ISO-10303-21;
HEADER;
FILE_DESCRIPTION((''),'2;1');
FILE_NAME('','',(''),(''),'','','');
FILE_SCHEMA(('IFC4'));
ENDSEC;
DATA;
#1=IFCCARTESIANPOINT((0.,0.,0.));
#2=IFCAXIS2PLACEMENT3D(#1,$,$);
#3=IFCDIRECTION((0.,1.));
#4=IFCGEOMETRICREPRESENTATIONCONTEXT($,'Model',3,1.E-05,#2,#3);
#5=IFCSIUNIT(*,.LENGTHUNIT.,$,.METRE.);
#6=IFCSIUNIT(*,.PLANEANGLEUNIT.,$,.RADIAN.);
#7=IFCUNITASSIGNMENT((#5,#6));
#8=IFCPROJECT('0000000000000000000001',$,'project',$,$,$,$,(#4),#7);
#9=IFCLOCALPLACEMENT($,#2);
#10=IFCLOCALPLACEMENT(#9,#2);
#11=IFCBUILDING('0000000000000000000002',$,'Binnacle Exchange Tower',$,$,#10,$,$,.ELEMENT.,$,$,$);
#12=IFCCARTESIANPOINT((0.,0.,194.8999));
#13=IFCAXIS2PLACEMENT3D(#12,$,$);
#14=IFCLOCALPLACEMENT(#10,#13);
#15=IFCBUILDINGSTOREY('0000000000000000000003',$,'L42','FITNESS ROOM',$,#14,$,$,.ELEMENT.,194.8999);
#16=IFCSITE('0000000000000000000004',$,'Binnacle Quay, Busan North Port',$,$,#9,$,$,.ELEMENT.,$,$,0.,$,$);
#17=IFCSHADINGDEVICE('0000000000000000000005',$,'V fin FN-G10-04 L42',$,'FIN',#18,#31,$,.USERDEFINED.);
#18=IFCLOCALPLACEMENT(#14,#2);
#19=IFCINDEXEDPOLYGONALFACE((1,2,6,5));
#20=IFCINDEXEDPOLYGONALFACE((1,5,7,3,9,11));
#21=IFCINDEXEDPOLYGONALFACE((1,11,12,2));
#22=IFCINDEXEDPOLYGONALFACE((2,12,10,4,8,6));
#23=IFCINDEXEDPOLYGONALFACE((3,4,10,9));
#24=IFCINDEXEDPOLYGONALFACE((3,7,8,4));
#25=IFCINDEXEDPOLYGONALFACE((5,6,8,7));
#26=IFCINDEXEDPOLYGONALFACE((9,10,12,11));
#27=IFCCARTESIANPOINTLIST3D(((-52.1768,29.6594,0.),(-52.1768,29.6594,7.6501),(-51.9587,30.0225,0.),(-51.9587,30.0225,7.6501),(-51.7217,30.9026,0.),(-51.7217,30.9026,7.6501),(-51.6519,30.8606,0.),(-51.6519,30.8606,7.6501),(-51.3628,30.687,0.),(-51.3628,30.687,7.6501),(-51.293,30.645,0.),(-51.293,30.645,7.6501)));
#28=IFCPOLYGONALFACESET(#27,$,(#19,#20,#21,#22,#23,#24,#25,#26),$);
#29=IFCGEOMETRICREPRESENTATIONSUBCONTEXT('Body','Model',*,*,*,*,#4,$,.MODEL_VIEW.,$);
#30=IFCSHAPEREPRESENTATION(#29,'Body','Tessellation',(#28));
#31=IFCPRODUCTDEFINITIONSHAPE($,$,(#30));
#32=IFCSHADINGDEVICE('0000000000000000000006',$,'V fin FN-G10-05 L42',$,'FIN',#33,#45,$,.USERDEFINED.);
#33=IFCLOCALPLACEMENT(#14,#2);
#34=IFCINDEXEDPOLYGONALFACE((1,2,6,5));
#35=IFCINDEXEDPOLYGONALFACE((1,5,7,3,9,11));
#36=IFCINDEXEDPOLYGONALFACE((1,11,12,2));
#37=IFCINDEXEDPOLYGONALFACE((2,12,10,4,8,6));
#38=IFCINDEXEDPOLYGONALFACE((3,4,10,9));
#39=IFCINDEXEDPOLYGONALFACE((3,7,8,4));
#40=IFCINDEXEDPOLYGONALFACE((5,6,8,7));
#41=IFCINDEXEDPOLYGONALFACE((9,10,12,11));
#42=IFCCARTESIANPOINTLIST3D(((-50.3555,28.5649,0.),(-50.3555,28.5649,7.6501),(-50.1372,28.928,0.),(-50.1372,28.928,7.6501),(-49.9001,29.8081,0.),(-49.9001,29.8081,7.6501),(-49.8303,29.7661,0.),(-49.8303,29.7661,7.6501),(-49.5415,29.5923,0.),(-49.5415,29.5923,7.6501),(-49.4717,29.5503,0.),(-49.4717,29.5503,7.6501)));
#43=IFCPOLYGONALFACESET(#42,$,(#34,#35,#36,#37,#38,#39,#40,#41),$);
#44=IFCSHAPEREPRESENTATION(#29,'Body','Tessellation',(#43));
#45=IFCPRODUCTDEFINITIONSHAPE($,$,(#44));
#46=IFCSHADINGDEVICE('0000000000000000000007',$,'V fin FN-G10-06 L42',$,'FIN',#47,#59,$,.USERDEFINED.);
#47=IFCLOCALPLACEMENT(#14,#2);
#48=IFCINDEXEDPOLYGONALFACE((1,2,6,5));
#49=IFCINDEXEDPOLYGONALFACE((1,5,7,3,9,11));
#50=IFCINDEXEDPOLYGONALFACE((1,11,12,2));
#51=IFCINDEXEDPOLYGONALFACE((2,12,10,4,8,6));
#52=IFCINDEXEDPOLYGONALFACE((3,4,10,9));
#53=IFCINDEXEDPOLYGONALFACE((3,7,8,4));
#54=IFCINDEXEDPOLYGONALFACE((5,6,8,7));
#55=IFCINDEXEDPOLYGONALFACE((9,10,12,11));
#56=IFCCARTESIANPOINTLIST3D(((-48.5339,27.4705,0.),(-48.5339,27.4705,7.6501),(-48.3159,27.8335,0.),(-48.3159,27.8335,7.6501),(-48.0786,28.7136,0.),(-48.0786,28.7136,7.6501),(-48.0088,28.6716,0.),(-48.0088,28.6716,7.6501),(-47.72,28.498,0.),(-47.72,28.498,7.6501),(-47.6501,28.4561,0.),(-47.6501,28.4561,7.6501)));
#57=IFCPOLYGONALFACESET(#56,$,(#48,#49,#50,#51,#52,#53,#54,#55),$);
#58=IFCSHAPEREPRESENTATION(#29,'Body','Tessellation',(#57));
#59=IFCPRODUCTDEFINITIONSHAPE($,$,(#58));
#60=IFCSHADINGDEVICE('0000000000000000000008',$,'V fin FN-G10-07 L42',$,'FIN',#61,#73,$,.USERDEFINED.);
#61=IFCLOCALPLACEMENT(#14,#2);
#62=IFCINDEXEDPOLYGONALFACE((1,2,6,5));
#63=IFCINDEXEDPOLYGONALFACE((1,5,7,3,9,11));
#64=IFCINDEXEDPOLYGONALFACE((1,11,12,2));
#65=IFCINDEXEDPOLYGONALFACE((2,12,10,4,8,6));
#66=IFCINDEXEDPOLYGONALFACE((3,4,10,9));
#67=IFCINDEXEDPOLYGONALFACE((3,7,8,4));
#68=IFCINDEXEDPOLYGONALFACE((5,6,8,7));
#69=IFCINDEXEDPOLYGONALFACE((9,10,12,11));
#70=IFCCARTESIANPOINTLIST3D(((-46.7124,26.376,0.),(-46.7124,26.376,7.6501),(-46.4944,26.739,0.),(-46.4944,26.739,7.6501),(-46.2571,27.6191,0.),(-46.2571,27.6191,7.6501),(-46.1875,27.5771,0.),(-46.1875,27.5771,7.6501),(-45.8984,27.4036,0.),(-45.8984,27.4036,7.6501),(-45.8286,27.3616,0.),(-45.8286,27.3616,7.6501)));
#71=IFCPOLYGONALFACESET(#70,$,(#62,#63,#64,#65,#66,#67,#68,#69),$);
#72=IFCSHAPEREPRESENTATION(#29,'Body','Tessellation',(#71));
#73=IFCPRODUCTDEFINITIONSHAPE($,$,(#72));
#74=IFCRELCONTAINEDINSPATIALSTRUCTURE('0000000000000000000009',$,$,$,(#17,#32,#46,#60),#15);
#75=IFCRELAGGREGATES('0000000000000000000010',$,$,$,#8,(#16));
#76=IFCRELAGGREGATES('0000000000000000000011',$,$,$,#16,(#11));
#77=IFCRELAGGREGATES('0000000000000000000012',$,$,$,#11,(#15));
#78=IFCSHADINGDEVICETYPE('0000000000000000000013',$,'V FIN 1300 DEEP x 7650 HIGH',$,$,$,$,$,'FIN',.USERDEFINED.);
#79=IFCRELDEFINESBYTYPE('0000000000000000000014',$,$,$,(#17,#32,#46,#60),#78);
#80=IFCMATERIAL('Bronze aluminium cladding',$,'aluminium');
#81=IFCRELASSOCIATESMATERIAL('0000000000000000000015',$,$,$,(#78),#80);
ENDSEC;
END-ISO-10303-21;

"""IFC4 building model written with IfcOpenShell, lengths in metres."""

from ifc_helpers import new_model, si_unit, direction, frame, origin, place, context, subcontext, project, spatial, polyline, outline, extrude, material, type_object, element, save


model = new_model("IFC4")

# Units and contexts
model_context = context("Model", 3, precision=1e-05, world=origin(), true_north=direction((0.0, 1.0)))
body_context = subcontext(model_context, "Body", "Model", "MODEL_VIEW")
ifc_project = project(units=[si_unit("LENGTHUNIT", "METRE"), si_unit("PLANEANGLEUNIT", "RADIAN")], contexts=[model_context])

# Site, building, storey
site_placement = place(None, origin())
site = spatial("IfcSite", under=ifc_project, at=site_placement, Name="Binnacle Quay, Busan North Port", CompositionType="ELEMENT", RefElevation=0.0)
building_placement = place(site_placement, origin())
building = spatial("IfcBuilding", under=site, at=building_placement, Name="Binnacle Exchange Tower", CompositionType="ELEMENT")
storey_placement = place(building_placement, frame((0.0, 0.0, 194.8999)))
storey = spatial("IfcBuildingStorey", under=building, at=storey_placement, Name="L42", Description="FITNESS ROOM", CompositionType="ELEMENT", Elevation=194.8999)

# Shading devices
ifc_material_1 = material(Name="Bronze aluminium cladding", Category="aluminium")
shading_device_type = type_object("IfcShadingDeviceType", Name="V FIN 1300 DEEP x 7650 HIGH", ElementType="FIN", PredefinedType="USERDEFINED", material=ifc_material_1)
shading_device_1_placement = place(storey_placement, origin())
element("IfcShadingDevice", 1, at=shading_device_1_placement, inside=storey, type_object=shading_device_type, Name="V fin FN-G10-04 L42", ObjectType="FIN", PredefinedType="USERDEFINED", context=body_context, shape_type="SweptSolid", body=[
    extrude(outline(polyline([(-51.7217, 30.9026), (-52.1768, 29.6594), (-51.293, 30.645), (-51.3628, 30.687), (-51.9587, 30.0225), (-51.6519, 30.8606), (-51.7217, 30.9026)])), origin(), (0.0, 0.0, 1.0), 7.6501),
])
shading_device_2_placement = place(storey_placement, origin())
element("IfcShadingDevice", 2, at=shading_device_2_placement, inside=storey, type_object=shading_device_type, Name="V fin FN-G10-05 L42", ObjectType="FIN", PredefinedType="USERDEFINED", context=body_context, shape_type="SweptSolid", body=[
    extrude(outline(polyline([(-49.9001, 29.8081), (-50.3555, 28.5649), (-49.4717, 29.5503), (-49.5415, 29.5923), (-50.1372, 28.928), (-49.8303, 29.7661), (-49.9001, 29.8081)])), origin(), (0.0, 0.0, 1.0), 7.6501),
])
shading_device_3_placement = place(storey_placement, origin())
element("IfcShadingDevice", 3, at=shading_device_3_placement, inside=storey, type_object=shading_device_type, Name="V fin FN-G10-06 L42", ObjectType="FIN", PredefinedType="USERDEFINED", context=body_context, shape_type="SweptSolid", body=[
    extrude(outline(polyline([(-48.0786, 28.7136), (-48.5339, 27.4705), (-47.6501, 28.4561), (-47.72, 28.498), (-48.3159, 27.8335), (-48.0088, 28.6716), (-48.0786, 28.7136)])), origin(), (0.0, 0.0, 1.0), 7.6501),
])
shading_device_4_placement = place(storey_placement, origin())
element("IfcShadingDevice", 4, at=shading_device_4_placement, inside=storey, type_object=shading_device_type, Name="V fin FN-G10-07 L42", ObjectType="FIN", PredefinedType="USERDEFINED", context=body_context, shape_type="SweptSolid", body=[
    extrude(outline(polyline([(-46.2571, 27.6191), (-46.7124, 26.376), (-45.8286, 27.3616), (-45.8984, 27.4036), (-46.4944, 26.739), (-46.1875, 27.5771), (-46.2571, 27.6191)])), origin(), (0.0, 0.0, 1.0), 7.6501),
])

save(model, "model.ifc")
